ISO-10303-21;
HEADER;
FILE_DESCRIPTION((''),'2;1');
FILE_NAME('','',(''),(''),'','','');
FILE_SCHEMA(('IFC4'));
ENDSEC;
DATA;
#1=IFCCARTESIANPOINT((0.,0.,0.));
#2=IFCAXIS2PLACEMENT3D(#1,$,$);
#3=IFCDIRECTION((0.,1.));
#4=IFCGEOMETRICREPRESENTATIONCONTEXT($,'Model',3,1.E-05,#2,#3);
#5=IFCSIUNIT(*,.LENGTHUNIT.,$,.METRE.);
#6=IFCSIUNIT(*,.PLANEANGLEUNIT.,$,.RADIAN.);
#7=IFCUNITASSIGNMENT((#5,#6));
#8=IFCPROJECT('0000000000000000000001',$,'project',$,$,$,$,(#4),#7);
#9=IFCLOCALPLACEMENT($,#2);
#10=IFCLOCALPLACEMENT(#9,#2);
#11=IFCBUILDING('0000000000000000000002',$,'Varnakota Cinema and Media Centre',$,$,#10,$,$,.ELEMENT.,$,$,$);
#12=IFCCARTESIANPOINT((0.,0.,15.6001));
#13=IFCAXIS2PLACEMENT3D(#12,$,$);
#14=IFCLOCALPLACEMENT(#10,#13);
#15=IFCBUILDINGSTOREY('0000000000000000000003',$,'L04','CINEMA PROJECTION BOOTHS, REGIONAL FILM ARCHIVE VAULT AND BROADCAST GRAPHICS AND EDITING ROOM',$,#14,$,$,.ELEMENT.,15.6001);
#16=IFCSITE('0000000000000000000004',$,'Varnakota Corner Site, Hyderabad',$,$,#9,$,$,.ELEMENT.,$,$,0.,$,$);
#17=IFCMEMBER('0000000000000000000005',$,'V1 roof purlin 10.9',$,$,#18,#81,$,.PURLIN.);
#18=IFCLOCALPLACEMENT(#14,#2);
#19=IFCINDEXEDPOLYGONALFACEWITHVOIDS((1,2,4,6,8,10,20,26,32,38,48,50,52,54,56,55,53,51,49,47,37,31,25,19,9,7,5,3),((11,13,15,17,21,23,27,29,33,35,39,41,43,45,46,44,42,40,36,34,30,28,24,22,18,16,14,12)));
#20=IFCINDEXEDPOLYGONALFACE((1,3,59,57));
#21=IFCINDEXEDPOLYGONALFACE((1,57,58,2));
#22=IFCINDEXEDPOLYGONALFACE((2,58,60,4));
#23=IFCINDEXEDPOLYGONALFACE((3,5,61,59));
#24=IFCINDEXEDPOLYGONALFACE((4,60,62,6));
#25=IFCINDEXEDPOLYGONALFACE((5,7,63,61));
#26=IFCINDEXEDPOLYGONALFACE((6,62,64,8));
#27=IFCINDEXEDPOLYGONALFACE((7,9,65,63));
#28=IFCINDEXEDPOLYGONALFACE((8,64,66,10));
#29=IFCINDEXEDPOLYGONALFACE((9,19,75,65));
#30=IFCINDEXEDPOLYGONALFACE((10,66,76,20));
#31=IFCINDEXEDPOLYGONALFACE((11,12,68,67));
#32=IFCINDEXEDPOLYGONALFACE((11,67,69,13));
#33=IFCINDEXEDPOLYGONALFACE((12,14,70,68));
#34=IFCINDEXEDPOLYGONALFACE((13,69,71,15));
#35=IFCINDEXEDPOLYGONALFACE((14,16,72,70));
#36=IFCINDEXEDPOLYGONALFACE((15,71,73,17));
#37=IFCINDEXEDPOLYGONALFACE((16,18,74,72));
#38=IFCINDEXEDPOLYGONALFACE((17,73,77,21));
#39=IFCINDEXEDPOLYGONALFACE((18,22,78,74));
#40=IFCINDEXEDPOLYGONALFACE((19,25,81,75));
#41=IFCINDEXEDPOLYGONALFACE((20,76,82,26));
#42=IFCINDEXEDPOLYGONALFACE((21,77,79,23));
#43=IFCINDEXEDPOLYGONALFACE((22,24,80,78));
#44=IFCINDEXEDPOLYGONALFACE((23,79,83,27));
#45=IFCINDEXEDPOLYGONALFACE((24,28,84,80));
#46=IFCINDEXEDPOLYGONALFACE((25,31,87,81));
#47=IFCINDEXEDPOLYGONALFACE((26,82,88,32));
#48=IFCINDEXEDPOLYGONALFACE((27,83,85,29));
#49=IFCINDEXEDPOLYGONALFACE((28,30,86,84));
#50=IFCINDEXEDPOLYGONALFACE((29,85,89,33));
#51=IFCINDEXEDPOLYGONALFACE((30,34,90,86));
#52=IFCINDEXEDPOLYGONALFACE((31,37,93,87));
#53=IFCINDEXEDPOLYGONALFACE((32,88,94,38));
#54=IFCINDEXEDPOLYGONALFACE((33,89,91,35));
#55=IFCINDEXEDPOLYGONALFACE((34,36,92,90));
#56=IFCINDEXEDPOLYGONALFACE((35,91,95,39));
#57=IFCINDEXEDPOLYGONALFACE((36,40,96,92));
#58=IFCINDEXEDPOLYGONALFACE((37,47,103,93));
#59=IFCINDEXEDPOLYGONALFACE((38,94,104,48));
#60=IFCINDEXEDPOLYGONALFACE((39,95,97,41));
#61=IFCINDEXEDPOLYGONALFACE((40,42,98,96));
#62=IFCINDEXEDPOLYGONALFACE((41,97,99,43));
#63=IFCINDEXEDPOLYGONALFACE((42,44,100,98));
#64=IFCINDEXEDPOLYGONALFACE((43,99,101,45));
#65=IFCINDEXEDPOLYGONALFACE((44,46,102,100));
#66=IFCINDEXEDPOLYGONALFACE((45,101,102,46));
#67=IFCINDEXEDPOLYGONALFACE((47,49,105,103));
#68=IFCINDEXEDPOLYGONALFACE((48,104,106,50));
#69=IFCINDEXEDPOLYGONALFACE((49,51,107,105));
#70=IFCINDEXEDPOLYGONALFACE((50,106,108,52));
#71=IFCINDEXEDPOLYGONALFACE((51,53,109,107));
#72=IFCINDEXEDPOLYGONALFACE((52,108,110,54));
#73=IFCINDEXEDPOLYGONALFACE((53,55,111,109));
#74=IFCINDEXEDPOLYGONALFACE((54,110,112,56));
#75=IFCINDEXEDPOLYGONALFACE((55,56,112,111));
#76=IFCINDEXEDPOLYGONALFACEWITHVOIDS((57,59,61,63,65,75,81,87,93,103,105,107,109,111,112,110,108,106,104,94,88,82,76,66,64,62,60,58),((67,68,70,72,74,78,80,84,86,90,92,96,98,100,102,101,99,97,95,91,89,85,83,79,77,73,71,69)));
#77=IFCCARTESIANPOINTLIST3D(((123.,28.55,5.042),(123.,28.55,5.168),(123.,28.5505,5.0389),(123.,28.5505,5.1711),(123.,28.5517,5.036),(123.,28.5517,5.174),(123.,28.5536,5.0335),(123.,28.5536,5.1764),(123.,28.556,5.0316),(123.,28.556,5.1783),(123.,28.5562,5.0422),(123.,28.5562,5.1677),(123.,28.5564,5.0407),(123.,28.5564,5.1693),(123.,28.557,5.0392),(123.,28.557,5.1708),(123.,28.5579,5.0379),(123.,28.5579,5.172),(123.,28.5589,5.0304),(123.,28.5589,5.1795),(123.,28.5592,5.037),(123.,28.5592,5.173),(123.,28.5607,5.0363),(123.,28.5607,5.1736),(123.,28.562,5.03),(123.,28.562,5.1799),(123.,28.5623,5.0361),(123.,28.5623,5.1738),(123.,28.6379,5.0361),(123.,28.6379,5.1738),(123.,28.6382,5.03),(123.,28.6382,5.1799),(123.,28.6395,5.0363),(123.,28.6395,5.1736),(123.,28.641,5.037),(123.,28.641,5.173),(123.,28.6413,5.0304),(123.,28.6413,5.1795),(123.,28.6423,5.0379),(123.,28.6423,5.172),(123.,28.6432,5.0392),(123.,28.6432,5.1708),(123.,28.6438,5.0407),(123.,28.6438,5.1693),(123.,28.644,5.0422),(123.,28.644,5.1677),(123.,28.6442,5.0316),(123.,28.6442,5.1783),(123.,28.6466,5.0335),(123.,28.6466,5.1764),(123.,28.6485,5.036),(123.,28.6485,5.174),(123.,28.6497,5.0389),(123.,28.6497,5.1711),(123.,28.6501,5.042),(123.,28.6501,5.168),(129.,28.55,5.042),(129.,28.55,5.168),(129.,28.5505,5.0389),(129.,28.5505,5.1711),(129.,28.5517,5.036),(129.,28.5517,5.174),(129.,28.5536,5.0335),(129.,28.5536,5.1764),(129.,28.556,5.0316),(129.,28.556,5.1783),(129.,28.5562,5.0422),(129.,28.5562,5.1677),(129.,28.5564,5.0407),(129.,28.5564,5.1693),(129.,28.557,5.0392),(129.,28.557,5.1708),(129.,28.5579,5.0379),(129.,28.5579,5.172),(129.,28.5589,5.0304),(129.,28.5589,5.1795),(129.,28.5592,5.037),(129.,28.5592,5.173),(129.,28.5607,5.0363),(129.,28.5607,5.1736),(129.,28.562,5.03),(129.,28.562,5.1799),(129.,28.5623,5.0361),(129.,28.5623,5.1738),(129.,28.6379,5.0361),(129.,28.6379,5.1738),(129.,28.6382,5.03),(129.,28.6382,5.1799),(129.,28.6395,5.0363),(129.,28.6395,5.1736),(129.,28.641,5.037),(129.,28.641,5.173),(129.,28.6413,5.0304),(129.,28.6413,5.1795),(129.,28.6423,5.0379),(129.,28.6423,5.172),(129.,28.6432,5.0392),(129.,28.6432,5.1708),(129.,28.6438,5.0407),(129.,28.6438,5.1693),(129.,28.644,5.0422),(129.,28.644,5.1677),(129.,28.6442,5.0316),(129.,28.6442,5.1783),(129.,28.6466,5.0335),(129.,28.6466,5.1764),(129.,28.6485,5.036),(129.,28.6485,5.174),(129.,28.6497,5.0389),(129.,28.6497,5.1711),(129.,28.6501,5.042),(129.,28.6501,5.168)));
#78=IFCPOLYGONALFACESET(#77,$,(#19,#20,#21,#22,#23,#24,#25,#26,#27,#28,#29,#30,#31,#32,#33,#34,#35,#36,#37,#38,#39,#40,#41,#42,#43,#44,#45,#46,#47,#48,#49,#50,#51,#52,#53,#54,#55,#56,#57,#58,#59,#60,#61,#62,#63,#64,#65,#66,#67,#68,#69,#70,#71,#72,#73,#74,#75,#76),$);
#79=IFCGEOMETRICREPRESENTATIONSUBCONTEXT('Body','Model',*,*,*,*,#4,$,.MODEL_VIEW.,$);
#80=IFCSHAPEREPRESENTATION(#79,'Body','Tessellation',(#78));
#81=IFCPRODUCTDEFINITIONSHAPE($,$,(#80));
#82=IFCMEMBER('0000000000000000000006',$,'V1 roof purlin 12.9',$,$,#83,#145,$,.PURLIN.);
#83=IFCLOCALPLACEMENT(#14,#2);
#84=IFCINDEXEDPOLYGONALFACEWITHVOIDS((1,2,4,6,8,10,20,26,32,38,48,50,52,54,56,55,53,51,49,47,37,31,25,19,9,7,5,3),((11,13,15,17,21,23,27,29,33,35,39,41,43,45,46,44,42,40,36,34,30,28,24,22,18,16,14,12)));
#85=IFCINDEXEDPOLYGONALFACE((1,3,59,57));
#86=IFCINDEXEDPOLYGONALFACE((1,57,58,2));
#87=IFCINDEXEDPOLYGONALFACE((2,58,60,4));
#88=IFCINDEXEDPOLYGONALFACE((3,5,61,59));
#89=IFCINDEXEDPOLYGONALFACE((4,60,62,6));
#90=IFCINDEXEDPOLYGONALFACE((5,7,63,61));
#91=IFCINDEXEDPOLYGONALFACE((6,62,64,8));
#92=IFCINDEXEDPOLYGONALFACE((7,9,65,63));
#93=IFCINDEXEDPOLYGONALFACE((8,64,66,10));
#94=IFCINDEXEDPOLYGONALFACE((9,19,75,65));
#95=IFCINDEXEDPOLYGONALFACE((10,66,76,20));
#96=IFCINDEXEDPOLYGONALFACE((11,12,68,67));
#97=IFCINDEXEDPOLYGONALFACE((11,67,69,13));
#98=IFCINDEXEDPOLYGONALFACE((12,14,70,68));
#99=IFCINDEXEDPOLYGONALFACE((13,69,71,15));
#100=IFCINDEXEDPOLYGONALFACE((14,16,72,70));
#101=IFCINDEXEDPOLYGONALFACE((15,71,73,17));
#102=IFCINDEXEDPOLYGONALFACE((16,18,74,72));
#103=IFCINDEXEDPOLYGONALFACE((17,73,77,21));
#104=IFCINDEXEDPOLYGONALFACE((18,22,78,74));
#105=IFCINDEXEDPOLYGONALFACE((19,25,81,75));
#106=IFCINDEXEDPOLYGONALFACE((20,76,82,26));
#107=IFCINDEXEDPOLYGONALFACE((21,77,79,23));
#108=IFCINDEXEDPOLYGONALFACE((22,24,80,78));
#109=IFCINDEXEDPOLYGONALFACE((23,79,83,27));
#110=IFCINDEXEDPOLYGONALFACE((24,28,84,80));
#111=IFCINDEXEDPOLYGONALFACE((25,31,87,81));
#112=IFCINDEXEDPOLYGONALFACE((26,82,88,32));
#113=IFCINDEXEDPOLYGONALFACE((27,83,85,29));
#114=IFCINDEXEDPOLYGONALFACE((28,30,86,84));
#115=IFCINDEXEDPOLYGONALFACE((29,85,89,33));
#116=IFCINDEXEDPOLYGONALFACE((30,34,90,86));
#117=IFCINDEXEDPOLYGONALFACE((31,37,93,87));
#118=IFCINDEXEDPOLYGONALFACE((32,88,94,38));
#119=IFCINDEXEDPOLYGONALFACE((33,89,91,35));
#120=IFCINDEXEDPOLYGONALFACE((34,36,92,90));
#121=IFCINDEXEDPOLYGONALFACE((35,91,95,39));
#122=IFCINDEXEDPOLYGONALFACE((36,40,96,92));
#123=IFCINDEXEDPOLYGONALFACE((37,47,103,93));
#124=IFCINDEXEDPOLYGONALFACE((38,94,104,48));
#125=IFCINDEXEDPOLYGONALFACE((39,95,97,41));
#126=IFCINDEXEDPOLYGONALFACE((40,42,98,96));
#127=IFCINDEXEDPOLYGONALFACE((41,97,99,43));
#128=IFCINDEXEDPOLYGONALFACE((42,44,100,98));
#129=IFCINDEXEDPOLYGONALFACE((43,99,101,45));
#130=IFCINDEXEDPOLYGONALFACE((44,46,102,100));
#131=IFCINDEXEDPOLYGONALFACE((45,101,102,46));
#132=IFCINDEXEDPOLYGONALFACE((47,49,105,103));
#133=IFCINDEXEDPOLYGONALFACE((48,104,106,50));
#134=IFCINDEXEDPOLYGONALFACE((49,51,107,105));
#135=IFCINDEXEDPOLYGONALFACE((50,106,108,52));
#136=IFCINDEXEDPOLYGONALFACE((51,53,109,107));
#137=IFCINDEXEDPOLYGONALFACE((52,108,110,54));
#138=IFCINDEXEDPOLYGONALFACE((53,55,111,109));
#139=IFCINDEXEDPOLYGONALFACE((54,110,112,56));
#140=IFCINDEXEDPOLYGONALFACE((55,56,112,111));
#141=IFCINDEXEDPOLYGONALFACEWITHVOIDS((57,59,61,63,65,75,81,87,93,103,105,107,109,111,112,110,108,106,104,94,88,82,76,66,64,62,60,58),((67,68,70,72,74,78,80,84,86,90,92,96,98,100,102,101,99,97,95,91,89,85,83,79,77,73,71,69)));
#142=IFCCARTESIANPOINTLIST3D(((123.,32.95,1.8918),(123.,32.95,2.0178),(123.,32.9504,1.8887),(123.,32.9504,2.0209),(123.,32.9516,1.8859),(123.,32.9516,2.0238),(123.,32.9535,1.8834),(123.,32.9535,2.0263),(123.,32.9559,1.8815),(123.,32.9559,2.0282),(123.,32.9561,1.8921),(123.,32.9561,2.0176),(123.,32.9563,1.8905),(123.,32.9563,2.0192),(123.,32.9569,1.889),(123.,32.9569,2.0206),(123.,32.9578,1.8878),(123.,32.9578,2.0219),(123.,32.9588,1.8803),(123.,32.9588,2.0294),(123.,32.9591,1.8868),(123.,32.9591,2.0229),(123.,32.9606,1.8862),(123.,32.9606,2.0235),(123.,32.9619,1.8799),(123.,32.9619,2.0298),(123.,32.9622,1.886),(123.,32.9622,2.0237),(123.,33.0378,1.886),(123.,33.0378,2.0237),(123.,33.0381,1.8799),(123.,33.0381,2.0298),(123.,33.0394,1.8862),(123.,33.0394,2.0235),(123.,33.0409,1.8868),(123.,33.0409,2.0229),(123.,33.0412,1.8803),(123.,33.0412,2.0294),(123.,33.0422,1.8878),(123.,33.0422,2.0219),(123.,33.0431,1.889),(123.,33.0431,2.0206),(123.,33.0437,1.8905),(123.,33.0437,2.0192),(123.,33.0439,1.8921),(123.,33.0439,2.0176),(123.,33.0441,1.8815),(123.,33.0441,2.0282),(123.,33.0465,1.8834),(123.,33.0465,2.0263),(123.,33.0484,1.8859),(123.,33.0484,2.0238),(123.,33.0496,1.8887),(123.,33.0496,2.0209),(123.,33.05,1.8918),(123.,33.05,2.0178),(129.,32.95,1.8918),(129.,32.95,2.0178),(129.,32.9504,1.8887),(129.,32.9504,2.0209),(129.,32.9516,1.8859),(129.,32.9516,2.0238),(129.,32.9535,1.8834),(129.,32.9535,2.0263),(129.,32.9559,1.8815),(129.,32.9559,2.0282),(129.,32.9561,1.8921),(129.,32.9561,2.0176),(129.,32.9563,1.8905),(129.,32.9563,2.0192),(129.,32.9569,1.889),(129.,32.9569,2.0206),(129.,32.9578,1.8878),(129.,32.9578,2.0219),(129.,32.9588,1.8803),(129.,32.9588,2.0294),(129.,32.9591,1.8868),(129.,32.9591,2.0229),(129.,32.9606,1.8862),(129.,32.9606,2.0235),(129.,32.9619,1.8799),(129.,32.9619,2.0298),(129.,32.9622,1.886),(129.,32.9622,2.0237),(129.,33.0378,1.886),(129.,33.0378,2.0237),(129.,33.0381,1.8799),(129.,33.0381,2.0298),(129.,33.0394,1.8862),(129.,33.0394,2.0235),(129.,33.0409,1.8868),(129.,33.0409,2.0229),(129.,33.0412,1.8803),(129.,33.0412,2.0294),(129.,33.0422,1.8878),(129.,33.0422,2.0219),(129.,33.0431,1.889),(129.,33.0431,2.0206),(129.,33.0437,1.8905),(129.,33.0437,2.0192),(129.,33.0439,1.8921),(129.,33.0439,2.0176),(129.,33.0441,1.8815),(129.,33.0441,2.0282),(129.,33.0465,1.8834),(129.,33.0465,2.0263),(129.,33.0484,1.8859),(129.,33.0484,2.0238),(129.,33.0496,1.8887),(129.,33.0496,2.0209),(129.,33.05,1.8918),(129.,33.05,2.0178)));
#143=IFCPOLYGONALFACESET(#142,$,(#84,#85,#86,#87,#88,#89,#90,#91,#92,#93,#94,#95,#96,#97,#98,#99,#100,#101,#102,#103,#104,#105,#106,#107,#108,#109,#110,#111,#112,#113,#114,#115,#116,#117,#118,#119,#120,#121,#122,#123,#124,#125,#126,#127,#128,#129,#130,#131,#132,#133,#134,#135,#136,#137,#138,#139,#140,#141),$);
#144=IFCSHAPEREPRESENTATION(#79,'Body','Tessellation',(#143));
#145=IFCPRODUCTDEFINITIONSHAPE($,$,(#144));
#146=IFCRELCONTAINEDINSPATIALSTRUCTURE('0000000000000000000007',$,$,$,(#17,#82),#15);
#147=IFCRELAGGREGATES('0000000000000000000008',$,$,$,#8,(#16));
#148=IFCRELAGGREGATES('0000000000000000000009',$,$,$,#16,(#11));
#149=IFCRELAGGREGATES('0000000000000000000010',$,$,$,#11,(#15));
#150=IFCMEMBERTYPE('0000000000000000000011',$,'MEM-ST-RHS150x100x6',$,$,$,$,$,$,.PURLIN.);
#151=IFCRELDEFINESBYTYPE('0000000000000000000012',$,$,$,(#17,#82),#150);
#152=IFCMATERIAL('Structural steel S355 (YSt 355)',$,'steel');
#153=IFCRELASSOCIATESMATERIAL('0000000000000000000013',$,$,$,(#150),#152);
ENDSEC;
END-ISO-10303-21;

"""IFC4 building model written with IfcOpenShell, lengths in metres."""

from ifc_helpers import new_model, si_unit, direction, frame, origin, origin_2d, place, context, subcontext, project, spatial, hollow_rectangle, extrude, material, material_profile, profile_set, type_object, element, save


model = new_model("IFC4")

# Units and contexts
model_context = context("Model", 3, precision=1e-05, world=origin(), true_north=direction((0.0, 1.0)))
body_context = subcontext(model_context, "Body", "Model", "MODEL_VIEW")
ifc_project = project(units=[si_unit("LENGTHUNIT", "METRE"), si_unit("PLANEANGLEUNIT", "RADIAN")], contexts=[model_context])

# Site, building, storey
site_placement = place(None, origin())
site = spatial("IfcSite", under=ifc_project, at=site_placement, Name="Varnakota Corner Site, Hyderabad", CompositionType="ELEMENT", RefElevation=0.0)
building_placement = place(site_placement, origin())
building = spatial("IfcBuilding", under=site, at=building_placement, Name="Varnakota Cinema and Media Centre", CompositionType="ELEMENT")
storey_placement = place(building_placement, frame((0.0, 0.0, 15.6001)))
storey = spatial("IfcBuildingStorey", under=building, at=storey_placement, Name="L04", Description="CINEMA PROJECTION BOOTHS, REGIONAL FILM ARCHIVE VAULT AND BROADCAST GRAPHICS AND EDITING ROOM", CompositionType="ELEMENT", Elevation=15.6001)

# Members
ifc_material_1 = material(Name="Structural steel S355 (YSt 355)", Category="steel")
ifc_material_profile_1 = material_profile(ifc_material_1, hollow_rectangle(XDim=0.1001, YDim=0.1499, WallThickness=0.0061, InnerFilletRadius=0.0061, OuterFilletRadius=0.012, at=origin_2d()), Name="RHS 150x100x6")
ifc_profile_set_1 = profile_set([ifc_material_profile_1], Name="Structural steel S355 (YSt 355)")
member_type_1 = type_object("IfcMemberType", Name="MEM-ST-RHS150x100x6", PredefinedType="PURLIN", material=ifc_profile_set_1)
for number, where, z_axis, x_axis, name in (
    (1, (123.0, 28.6001, 5.105), (1.0, 0.0, 0.0), (0.0, 1.0, 0.0), "V1 roof purlin 10.9"),
    (2, (123.0, 33.0, 1.9548), (1.0, 0.0, 0.0), (0.0, 1.0, 0.0), "V1 roof purlin 12.9"),
):
    element("IfcMember", number, at=place(storey_placement, frame(where, z_axis=z_axis, x_axis=x_axis)), inside=storey, type_object=member_type_1, Name=name, PredefinedType="PURLIN", context=body_context, shape_type="SweptSolid", body=[
        extrude(hollow_rectangle(XDim=0.1001, YDim=0.1499, WallThickness=0.0061, InnerFilletRadius=0.0061, OuterFilletRadius=0.012, at=origin_2d()), origin(), (0.0, 0.0, 1.0), 6.0),
    ])

save(model, "model.ifc")
